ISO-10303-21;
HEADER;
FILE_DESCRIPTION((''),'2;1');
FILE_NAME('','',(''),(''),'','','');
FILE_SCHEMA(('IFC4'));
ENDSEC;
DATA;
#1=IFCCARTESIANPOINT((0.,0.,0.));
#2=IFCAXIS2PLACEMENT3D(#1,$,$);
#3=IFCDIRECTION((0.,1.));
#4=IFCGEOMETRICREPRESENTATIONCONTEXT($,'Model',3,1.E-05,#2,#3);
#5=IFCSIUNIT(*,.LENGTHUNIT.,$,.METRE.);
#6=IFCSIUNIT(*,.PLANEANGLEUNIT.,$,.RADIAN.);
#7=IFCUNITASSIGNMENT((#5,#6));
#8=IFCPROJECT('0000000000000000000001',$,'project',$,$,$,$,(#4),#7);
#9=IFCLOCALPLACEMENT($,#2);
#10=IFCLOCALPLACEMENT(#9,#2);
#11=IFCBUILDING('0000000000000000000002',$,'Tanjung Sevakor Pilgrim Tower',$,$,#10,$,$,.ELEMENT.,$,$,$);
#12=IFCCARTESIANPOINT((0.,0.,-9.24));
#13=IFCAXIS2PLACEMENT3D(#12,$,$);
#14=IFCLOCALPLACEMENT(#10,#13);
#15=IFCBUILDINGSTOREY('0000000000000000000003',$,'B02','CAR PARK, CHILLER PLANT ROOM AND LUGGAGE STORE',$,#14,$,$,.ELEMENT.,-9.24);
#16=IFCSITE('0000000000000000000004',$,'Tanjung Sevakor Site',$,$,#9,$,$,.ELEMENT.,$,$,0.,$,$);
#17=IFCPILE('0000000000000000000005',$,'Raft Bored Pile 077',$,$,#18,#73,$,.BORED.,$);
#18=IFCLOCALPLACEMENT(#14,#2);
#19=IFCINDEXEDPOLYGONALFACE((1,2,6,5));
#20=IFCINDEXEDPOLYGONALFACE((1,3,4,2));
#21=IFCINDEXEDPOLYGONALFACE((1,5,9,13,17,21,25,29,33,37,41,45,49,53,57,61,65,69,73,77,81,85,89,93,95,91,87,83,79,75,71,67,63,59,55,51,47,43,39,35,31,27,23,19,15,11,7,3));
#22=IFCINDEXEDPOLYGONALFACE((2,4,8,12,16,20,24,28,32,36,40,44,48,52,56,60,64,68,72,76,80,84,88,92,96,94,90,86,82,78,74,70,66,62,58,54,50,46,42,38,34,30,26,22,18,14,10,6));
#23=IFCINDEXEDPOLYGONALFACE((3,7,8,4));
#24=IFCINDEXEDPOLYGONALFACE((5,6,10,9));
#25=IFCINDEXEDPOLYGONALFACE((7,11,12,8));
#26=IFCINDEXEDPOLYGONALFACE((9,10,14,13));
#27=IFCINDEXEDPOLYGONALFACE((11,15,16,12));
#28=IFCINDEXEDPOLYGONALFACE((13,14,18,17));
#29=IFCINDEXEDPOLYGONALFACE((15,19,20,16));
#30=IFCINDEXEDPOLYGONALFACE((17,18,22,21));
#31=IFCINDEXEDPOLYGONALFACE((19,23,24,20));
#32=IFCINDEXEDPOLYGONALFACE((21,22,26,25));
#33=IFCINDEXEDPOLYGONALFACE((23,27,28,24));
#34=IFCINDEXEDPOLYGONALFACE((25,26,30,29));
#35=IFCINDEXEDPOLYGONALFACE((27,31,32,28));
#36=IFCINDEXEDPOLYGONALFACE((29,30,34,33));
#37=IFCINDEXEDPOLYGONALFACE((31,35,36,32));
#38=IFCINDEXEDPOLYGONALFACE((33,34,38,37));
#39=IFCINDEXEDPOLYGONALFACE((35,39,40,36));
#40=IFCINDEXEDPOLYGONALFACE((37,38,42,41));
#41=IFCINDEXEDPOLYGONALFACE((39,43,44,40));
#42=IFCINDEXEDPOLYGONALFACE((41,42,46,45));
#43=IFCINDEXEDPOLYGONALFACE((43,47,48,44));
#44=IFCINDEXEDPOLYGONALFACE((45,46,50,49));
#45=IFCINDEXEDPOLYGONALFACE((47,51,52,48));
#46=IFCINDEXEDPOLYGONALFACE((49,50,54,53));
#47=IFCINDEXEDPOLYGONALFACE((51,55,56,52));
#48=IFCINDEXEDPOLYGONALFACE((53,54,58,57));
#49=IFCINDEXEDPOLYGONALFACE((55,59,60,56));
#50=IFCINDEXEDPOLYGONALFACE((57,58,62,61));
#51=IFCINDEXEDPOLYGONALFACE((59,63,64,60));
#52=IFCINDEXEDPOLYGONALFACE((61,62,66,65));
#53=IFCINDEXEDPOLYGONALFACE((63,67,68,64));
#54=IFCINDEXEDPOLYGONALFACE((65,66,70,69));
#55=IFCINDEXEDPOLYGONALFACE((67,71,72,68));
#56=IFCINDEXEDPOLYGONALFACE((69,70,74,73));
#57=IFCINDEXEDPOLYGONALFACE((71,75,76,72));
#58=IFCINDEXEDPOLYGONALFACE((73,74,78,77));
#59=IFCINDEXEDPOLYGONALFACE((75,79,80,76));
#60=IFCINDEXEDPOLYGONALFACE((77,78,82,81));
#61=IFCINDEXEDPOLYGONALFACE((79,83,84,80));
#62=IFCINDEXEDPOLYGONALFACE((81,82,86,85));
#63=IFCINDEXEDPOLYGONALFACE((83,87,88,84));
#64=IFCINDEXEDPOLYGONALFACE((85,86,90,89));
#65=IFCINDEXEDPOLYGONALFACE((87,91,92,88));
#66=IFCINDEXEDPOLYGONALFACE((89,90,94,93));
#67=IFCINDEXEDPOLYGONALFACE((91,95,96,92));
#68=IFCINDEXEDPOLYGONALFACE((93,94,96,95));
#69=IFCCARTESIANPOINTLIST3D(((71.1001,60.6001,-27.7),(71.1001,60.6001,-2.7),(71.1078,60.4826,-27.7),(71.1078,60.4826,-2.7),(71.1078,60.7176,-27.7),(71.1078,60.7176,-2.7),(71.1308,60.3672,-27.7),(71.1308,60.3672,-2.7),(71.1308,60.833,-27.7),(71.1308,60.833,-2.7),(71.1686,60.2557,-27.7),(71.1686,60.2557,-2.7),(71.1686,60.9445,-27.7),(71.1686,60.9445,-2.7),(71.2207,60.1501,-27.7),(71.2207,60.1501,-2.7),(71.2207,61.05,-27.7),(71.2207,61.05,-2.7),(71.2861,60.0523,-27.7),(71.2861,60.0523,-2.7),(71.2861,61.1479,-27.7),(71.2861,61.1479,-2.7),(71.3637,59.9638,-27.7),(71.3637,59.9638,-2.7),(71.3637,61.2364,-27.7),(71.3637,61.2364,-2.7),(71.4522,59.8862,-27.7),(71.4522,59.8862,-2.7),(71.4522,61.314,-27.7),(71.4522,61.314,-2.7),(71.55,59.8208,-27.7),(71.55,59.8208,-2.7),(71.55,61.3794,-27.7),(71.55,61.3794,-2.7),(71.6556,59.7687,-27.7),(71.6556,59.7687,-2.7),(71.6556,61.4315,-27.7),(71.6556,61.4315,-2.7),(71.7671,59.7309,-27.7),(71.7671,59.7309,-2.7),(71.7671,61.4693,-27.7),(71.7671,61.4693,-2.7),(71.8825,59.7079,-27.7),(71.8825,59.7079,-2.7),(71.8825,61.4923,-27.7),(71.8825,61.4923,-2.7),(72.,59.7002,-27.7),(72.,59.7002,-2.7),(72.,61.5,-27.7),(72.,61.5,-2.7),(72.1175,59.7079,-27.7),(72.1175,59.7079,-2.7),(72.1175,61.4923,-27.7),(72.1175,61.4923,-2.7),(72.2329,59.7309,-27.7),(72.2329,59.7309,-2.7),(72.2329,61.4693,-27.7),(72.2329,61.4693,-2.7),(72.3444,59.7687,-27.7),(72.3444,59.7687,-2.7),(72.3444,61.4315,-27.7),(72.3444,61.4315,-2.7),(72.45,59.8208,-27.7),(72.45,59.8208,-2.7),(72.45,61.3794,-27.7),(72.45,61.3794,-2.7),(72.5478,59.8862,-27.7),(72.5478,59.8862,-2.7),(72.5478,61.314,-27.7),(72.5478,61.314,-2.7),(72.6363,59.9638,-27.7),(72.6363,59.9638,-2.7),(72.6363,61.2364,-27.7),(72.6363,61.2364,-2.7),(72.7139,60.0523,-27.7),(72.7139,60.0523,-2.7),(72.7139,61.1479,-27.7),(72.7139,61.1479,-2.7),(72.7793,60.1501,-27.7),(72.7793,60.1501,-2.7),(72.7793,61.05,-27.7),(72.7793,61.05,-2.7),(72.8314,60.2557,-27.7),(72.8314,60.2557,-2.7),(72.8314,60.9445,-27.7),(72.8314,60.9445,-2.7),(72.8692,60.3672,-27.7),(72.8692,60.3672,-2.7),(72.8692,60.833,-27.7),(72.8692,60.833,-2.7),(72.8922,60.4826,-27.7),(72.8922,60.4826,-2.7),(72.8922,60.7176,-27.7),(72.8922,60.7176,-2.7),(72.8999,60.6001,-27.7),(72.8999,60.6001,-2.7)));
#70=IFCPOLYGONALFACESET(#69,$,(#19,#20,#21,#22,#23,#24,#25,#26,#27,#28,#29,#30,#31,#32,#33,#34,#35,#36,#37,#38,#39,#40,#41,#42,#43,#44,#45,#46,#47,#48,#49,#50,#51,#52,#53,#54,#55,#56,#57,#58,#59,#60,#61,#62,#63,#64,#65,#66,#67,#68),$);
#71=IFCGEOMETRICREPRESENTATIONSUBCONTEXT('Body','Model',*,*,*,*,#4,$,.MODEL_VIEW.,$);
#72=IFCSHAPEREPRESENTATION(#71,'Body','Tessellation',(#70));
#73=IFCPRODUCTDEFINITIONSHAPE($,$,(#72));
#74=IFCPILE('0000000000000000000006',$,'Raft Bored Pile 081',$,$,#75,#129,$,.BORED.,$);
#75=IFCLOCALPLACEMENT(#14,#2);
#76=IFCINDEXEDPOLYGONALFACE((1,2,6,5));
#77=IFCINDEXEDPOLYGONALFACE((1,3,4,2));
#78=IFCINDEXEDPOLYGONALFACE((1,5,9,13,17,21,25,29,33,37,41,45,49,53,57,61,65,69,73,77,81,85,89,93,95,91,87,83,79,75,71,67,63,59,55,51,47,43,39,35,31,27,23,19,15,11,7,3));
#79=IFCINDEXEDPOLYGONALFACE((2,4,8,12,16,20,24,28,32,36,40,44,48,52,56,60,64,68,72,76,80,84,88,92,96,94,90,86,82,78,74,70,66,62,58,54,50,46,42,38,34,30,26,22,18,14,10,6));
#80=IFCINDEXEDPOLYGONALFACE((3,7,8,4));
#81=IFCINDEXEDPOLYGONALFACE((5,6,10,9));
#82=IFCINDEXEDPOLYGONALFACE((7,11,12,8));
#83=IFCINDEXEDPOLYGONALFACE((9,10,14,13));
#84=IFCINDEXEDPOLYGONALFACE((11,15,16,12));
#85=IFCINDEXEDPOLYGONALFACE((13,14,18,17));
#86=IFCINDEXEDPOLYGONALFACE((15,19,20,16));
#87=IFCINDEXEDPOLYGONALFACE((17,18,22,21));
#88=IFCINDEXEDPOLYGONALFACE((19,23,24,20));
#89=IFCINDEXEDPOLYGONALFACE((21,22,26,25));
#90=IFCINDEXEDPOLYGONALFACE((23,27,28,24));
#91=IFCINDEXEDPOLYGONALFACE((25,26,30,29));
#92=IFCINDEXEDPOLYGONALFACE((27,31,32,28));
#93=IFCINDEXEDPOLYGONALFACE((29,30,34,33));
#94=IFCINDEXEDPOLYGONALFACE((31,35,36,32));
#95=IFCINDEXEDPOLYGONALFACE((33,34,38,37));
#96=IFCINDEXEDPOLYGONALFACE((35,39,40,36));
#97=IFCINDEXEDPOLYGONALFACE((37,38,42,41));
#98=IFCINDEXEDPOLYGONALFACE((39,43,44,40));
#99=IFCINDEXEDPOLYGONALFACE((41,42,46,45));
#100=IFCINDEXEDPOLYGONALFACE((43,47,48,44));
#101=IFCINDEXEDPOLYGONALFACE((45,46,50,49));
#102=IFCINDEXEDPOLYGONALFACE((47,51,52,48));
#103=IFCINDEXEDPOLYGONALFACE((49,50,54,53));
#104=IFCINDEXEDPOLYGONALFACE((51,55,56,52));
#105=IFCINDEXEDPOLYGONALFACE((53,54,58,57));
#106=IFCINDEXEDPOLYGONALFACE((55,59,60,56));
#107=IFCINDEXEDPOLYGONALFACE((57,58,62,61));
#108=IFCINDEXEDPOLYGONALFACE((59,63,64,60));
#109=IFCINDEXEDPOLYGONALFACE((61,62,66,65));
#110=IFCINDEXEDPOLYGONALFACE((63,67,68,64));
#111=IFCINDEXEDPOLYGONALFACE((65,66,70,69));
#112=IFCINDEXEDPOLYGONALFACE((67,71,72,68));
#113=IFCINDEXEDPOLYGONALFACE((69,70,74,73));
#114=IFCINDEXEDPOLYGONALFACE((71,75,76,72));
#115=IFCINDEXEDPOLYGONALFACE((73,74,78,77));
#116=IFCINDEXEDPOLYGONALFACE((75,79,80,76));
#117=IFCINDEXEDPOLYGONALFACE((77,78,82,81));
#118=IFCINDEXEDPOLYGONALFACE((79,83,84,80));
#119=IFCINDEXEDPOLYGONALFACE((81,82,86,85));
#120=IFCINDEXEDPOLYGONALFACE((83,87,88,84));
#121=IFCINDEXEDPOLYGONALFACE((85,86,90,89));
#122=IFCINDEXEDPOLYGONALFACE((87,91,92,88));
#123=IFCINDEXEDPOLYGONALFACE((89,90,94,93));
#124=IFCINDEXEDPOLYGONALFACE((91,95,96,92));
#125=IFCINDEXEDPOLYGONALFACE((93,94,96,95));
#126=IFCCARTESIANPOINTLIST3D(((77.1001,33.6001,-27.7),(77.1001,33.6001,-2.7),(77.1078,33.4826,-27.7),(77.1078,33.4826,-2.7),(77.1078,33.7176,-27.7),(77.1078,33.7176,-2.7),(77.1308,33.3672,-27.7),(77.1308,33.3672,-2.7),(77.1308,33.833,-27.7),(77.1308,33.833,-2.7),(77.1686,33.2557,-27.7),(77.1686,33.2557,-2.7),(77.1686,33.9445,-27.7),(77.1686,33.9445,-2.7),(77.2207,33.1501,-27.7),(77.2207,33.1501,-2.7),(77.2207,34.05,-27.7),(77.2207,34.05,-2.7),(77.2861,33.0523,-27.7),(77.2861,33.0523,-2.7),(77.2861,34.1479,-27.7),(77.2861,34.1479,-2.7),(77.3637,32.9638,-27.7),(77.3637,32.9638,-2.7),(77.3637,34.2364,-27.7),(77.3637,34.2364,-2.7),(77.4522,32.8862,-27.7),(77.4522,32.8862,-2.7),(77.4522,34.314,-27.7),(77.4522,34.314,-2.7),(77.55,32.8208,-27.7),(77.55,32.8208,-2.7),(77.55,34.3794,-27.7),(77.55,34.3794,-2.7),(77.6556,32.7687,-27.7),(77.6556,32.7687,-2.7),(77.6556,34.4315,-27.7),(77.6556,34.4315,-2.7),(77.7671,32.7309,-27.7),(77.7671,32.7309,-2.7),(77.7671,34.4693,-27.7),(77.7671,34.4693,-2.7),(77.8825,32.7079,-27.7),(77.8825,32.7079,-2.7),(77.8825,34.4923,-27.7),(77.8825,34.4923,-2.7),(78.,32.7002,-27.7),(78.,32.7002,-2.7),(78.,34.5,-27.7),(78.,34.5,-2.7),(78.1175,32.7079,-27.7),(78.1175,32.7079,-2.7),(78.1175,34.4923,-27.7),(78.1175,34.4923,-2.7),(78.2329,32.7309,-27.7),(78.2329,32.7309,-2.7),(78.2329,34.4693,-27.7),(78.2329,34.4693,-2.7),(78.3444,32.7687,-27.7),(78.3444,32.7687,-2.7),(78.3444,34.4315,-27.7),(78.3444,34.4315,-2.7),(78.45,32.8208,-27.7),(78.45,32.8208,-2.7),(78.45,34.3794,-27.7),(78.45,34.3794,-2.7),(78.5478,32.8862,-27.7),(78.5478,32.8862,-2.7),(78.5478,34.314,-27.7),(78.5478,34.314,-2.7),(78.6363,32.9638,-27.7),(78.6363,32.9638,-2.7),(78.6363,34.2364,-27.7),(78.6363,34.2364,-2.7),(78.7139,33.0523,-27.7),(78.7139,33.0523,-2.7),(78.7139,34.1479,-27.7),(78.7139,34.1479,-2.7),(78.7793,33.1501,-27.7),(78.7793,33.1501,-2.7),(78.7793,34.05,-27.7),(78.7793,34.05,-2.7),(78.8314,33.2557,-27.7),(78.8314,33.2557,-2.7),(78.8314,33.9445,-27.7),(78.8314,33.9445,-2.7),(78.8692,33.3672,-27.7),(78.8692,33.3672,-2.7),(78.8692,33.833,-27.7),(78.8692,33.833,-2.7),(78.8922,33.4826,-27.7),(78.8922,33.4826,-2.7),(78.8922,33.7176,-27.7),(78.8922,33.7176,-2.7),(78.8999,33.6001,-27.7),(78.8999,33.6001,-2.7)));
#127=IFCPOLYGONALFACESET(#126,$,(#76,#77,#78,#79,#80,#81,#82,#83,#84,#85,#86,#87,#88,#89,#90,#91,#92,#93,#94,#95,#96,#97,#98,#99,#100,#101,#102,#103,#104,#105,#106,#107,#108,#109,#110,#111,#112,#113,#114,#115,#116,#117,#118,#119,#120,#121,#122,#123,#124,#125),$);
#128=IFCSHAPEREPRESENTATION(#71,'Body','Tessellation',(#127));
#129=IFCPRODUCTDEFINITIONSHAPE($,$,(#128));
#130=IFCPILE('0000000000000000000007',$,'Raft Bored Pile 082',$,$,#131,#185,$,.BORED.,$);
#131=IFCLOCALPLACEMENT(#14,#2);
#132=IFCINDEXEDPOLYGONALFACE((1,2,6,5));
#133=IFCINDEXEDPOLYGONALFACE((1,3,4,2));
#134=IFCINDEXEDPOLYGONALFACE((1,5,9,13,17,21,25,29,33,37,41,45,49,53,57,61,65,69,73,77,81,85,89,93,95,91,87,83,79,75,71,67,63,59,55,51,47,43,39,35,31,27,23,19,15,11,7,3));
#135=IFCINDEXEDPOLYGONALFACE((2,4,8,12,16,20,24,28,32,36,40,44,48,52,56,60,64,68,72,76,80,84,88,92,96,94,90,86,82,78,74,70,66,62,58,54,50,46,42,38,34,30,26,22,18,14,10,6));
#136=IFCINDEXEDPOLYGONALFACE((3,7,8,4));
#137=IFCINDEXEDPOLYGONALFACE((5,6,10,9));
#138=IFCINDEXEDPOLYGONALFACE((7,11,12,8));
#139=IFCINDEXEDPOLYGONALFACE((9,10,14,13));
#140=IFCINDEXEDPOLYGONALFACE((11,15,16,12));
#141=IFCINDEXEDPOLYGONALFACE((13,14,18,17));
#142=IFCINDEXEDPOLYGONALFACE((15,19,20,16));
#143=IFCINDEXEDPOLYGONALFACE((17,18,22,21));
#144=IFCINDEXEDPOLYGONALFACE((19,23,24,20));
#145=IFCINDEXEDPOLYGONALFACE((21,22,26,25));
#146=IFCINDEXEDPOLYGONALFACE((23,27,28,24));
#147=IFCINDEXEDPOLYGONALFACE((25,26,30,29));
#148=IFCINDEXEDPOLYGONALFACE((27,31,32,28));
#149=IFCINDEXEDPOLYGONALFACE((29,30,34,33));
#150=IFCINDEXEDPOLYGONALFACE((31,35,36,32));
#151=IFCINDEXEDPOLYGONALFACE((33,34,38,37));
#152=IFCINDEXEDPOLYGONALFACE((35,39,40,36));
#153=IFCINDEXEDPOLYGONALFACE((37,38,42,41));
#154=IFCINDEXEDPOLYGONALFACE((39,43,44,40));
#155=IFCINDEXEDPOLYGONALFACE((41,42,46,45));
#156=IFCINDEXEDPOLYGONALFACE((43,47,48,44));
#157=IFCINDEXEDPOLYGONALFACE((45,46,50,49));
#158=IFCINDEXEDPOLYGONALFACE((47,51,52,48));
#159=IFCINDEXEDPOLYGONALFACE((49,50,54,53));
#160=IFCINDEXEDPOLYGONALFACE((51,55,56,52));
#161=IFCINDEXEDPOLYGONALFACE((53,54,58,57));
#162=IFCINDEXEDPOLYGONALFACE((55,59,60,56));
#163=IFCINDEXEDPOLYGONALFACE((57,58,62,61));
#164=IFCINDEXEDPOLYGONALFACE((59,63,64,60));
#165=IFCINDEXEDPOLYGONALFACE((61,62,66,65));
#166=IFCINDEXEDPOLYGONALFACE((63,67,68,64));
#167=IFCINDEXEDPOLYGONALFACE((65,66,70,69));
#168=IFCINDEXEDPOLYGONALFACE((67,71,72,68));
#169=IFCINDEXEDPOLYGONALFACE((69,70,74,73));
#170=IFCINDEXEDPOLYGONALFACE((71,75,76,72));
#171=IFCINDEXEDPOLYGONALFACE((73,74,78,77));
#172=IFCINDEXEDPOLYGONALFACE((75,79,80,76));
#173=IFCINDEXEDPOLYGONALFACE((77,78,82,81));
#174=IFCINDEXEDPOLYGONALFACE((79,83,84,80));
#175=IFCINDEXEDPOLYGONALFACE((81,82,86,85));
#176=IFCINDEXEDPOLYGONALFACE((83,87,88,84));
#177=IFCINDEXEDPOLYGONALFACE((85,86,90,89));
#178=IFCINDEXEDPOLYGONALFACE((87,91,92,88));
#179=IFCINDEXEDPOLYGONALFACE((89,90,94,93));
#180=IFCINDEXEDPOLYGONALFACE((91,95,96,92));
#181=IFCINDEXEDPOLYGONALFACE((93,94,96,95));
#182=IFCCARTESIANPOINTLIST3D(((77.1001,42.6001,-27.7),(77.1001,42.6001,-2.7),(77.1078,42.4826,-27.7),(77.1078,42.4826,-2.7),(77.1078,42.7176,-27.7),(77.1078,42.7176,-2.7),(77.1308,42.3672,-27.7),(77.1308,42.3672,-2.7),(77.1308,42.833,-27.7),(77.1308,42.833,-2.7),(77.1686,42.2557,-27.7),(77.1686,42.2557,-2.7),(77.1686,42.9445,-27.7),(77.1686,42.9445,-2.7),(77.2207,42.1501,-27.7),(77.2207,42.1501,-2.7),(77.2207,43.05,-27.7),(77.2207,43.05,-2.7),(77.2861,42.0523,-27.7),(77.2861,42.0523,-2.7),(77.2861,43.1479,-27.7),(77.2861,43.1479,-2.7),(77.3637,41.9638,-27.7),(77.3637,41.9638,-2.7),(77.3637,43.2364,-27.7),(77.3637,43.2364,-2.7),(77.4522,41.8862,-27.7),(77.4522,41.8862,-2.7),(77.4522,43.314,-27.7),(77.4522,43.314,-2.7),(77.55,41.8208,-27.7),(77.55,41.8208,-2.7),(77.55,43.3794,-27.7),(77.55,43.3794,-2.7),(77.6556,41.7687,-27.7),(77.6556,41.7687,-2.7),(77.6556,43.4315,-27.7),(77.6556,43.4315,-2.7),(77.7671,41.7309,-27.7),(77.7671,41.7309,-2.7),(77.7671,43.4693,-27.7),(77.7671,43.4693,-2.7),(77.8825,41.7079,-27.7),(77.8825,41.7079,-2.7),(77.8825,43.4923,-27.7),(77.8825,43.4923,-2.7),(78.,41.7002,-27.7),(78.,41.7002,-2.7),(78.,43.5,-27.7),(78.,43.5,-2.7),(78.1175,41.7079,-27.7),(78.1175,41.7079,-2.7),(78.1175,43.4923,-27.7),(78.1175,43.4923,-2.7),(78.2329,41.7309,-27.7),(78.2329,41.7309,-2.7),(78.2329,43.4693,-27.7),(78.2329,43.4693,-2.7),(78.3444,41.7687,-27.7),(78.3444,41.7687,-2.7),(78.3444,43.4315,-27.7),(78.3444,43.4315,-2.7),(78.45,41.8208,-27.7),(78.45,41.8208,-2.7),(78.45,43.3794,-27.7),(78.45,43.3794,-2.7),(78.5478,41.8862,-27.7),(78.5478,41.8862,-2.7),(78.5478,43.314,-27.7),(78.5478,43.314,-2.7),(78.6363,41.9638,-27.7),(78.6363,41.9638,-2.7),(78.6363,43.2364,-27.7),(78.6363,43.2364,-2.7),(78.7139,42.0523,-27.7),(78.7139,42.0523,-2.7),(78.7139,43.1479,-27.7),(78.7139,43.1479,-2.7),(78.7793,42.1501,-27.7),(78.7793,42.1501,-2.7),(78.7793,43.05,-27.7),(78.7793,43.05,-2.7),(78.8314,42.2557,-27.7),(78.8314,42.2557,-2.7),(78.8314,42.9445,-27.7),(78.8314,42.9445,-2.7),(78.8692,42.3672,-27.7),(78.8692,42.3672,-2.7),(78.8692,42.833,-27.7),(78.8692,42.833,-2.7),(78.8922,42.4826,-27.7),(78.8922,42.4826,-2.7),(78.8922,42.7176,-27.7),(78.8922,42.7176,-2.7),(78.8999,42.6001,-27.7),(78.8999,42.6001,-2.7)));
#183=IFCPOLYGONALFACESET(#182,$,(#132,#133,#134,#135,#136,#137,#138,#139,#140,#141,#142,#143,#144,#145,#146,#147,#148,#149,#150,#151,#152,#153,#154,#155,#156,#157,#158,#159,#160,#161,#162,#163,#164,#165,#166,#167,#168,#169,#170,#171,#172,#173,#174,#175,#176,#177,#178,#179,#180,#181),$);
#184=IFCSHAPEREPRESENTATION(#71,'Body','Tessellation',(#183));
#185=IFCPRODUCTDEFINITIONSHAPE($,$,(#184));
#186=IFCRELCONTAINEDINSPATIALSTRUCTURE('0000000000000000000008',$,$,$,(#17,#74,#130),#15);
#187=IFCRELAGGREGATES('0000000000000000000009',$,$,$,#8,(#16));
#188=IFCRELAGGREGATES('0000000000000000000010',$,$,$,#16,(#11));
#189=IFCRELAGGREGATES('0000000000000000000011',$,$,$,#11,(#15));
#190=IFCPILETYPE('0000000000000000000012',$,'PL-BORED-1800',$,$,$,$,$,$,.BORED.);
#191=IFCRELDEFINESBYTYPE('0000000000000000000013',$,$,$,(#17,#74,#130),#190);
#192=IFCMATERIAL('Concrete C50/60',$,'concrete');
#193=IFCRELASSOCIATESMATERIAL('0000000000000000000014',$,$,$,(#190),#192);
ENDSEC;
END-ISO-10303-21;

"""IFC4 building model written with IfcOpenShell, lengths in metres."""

from ifc_helpers import new_model, si_unit, direction, frame, origin, origin_2d, place, context, subcontext, project, spatial, circle, extrude, material, material_profile, profile_set, type_object, element, save


model = new_model("IFC4")

# Units and contexts
model_context = context("Model", 3, precision=1e-05, world=origin(), true_north=direction((0.0, 1.0)))
body_context = subcontext(model_context, "Body", "Model", "MODEL_VIEW")
ifc_project = project(units=[si_unit("LENGTHUNIT", "METRE"), si_unit("PLANEANGLEUNIT", "RADIAN")], contexts=[model_context])

# Site, building, storey
site_placement = place(None, origin())
site = spatial("IfcSite", under=ifc_project, at=site_placement, Name="Tanjung Sevakor Site", CompositionType="ELEMENT", RefElevation=0.0)
building_placement = place(site_placement, origin())
building = spatial("IfcBuilding", under=site, at=building_placement, Name="Tanjung Sevakor Pilgrim Tower", CompositionType="ELEMENT")
storey_placement = place(building_placement, frame((0.0, 0.0, -9.24)))
storey = spatial("IfcBuildingStorey", under=building, at=storey_placement, Name="B02", Description="CAR PARK, CHILLER PLANT ROOM AND LUGGAGE STORE", CompositionType="ELEMENT", Elevation=-9.24)

# Piles
ifc_material_1 = material(Name="Concrete C50/60", Category="concrete")
ifc_material_profile_1 = material_profile(ifc_material_1, circle(Radius=0.8999, at=origin_2d()))
ifc_profile_set_1 = profile_set([ifc_material_profile_1], Name="Concrete C50/60")
pile_type = type_object("IfcPileType", Name="PL-BORED-1800", PredefinedType="BORED", material=ifc_profile_set_1)
for number, where, z_axis, x_axis, name in (
    (1, (72.0, 60.6001, -2.7), (0.0, 0.0, -1.0), (1.0, 0.0, 0.0), "Raft Bored Pile 077"),
    (2, (78.0, 33.6001, -2.7), (0.0, 0.0, -1.0), (1.0, 0.0, 0.0), "Raft Bored Pile 081"),
    (3, (78.0, 42.6001, -2.7), (0.0, 0.0, -1.0), (1.0, 0.0, 0.0), "Raft Bored Pile 082"),
):
    element("IfcPile", number, at=place(storey_placement, frame(where, z_axis=z_axis, x_axis=x_axis)), inside=storey, type_object=pile_type, Name=name, PredefinedType="BORED", context=body_context, shape_type="SweptSolid", body=[
        extrude(circle(Radius=0.8999, at=origin_2d()), origin(), (0.0, 0.0, 1.0), 25.0),
    ])

save(model, "model.ifc")
